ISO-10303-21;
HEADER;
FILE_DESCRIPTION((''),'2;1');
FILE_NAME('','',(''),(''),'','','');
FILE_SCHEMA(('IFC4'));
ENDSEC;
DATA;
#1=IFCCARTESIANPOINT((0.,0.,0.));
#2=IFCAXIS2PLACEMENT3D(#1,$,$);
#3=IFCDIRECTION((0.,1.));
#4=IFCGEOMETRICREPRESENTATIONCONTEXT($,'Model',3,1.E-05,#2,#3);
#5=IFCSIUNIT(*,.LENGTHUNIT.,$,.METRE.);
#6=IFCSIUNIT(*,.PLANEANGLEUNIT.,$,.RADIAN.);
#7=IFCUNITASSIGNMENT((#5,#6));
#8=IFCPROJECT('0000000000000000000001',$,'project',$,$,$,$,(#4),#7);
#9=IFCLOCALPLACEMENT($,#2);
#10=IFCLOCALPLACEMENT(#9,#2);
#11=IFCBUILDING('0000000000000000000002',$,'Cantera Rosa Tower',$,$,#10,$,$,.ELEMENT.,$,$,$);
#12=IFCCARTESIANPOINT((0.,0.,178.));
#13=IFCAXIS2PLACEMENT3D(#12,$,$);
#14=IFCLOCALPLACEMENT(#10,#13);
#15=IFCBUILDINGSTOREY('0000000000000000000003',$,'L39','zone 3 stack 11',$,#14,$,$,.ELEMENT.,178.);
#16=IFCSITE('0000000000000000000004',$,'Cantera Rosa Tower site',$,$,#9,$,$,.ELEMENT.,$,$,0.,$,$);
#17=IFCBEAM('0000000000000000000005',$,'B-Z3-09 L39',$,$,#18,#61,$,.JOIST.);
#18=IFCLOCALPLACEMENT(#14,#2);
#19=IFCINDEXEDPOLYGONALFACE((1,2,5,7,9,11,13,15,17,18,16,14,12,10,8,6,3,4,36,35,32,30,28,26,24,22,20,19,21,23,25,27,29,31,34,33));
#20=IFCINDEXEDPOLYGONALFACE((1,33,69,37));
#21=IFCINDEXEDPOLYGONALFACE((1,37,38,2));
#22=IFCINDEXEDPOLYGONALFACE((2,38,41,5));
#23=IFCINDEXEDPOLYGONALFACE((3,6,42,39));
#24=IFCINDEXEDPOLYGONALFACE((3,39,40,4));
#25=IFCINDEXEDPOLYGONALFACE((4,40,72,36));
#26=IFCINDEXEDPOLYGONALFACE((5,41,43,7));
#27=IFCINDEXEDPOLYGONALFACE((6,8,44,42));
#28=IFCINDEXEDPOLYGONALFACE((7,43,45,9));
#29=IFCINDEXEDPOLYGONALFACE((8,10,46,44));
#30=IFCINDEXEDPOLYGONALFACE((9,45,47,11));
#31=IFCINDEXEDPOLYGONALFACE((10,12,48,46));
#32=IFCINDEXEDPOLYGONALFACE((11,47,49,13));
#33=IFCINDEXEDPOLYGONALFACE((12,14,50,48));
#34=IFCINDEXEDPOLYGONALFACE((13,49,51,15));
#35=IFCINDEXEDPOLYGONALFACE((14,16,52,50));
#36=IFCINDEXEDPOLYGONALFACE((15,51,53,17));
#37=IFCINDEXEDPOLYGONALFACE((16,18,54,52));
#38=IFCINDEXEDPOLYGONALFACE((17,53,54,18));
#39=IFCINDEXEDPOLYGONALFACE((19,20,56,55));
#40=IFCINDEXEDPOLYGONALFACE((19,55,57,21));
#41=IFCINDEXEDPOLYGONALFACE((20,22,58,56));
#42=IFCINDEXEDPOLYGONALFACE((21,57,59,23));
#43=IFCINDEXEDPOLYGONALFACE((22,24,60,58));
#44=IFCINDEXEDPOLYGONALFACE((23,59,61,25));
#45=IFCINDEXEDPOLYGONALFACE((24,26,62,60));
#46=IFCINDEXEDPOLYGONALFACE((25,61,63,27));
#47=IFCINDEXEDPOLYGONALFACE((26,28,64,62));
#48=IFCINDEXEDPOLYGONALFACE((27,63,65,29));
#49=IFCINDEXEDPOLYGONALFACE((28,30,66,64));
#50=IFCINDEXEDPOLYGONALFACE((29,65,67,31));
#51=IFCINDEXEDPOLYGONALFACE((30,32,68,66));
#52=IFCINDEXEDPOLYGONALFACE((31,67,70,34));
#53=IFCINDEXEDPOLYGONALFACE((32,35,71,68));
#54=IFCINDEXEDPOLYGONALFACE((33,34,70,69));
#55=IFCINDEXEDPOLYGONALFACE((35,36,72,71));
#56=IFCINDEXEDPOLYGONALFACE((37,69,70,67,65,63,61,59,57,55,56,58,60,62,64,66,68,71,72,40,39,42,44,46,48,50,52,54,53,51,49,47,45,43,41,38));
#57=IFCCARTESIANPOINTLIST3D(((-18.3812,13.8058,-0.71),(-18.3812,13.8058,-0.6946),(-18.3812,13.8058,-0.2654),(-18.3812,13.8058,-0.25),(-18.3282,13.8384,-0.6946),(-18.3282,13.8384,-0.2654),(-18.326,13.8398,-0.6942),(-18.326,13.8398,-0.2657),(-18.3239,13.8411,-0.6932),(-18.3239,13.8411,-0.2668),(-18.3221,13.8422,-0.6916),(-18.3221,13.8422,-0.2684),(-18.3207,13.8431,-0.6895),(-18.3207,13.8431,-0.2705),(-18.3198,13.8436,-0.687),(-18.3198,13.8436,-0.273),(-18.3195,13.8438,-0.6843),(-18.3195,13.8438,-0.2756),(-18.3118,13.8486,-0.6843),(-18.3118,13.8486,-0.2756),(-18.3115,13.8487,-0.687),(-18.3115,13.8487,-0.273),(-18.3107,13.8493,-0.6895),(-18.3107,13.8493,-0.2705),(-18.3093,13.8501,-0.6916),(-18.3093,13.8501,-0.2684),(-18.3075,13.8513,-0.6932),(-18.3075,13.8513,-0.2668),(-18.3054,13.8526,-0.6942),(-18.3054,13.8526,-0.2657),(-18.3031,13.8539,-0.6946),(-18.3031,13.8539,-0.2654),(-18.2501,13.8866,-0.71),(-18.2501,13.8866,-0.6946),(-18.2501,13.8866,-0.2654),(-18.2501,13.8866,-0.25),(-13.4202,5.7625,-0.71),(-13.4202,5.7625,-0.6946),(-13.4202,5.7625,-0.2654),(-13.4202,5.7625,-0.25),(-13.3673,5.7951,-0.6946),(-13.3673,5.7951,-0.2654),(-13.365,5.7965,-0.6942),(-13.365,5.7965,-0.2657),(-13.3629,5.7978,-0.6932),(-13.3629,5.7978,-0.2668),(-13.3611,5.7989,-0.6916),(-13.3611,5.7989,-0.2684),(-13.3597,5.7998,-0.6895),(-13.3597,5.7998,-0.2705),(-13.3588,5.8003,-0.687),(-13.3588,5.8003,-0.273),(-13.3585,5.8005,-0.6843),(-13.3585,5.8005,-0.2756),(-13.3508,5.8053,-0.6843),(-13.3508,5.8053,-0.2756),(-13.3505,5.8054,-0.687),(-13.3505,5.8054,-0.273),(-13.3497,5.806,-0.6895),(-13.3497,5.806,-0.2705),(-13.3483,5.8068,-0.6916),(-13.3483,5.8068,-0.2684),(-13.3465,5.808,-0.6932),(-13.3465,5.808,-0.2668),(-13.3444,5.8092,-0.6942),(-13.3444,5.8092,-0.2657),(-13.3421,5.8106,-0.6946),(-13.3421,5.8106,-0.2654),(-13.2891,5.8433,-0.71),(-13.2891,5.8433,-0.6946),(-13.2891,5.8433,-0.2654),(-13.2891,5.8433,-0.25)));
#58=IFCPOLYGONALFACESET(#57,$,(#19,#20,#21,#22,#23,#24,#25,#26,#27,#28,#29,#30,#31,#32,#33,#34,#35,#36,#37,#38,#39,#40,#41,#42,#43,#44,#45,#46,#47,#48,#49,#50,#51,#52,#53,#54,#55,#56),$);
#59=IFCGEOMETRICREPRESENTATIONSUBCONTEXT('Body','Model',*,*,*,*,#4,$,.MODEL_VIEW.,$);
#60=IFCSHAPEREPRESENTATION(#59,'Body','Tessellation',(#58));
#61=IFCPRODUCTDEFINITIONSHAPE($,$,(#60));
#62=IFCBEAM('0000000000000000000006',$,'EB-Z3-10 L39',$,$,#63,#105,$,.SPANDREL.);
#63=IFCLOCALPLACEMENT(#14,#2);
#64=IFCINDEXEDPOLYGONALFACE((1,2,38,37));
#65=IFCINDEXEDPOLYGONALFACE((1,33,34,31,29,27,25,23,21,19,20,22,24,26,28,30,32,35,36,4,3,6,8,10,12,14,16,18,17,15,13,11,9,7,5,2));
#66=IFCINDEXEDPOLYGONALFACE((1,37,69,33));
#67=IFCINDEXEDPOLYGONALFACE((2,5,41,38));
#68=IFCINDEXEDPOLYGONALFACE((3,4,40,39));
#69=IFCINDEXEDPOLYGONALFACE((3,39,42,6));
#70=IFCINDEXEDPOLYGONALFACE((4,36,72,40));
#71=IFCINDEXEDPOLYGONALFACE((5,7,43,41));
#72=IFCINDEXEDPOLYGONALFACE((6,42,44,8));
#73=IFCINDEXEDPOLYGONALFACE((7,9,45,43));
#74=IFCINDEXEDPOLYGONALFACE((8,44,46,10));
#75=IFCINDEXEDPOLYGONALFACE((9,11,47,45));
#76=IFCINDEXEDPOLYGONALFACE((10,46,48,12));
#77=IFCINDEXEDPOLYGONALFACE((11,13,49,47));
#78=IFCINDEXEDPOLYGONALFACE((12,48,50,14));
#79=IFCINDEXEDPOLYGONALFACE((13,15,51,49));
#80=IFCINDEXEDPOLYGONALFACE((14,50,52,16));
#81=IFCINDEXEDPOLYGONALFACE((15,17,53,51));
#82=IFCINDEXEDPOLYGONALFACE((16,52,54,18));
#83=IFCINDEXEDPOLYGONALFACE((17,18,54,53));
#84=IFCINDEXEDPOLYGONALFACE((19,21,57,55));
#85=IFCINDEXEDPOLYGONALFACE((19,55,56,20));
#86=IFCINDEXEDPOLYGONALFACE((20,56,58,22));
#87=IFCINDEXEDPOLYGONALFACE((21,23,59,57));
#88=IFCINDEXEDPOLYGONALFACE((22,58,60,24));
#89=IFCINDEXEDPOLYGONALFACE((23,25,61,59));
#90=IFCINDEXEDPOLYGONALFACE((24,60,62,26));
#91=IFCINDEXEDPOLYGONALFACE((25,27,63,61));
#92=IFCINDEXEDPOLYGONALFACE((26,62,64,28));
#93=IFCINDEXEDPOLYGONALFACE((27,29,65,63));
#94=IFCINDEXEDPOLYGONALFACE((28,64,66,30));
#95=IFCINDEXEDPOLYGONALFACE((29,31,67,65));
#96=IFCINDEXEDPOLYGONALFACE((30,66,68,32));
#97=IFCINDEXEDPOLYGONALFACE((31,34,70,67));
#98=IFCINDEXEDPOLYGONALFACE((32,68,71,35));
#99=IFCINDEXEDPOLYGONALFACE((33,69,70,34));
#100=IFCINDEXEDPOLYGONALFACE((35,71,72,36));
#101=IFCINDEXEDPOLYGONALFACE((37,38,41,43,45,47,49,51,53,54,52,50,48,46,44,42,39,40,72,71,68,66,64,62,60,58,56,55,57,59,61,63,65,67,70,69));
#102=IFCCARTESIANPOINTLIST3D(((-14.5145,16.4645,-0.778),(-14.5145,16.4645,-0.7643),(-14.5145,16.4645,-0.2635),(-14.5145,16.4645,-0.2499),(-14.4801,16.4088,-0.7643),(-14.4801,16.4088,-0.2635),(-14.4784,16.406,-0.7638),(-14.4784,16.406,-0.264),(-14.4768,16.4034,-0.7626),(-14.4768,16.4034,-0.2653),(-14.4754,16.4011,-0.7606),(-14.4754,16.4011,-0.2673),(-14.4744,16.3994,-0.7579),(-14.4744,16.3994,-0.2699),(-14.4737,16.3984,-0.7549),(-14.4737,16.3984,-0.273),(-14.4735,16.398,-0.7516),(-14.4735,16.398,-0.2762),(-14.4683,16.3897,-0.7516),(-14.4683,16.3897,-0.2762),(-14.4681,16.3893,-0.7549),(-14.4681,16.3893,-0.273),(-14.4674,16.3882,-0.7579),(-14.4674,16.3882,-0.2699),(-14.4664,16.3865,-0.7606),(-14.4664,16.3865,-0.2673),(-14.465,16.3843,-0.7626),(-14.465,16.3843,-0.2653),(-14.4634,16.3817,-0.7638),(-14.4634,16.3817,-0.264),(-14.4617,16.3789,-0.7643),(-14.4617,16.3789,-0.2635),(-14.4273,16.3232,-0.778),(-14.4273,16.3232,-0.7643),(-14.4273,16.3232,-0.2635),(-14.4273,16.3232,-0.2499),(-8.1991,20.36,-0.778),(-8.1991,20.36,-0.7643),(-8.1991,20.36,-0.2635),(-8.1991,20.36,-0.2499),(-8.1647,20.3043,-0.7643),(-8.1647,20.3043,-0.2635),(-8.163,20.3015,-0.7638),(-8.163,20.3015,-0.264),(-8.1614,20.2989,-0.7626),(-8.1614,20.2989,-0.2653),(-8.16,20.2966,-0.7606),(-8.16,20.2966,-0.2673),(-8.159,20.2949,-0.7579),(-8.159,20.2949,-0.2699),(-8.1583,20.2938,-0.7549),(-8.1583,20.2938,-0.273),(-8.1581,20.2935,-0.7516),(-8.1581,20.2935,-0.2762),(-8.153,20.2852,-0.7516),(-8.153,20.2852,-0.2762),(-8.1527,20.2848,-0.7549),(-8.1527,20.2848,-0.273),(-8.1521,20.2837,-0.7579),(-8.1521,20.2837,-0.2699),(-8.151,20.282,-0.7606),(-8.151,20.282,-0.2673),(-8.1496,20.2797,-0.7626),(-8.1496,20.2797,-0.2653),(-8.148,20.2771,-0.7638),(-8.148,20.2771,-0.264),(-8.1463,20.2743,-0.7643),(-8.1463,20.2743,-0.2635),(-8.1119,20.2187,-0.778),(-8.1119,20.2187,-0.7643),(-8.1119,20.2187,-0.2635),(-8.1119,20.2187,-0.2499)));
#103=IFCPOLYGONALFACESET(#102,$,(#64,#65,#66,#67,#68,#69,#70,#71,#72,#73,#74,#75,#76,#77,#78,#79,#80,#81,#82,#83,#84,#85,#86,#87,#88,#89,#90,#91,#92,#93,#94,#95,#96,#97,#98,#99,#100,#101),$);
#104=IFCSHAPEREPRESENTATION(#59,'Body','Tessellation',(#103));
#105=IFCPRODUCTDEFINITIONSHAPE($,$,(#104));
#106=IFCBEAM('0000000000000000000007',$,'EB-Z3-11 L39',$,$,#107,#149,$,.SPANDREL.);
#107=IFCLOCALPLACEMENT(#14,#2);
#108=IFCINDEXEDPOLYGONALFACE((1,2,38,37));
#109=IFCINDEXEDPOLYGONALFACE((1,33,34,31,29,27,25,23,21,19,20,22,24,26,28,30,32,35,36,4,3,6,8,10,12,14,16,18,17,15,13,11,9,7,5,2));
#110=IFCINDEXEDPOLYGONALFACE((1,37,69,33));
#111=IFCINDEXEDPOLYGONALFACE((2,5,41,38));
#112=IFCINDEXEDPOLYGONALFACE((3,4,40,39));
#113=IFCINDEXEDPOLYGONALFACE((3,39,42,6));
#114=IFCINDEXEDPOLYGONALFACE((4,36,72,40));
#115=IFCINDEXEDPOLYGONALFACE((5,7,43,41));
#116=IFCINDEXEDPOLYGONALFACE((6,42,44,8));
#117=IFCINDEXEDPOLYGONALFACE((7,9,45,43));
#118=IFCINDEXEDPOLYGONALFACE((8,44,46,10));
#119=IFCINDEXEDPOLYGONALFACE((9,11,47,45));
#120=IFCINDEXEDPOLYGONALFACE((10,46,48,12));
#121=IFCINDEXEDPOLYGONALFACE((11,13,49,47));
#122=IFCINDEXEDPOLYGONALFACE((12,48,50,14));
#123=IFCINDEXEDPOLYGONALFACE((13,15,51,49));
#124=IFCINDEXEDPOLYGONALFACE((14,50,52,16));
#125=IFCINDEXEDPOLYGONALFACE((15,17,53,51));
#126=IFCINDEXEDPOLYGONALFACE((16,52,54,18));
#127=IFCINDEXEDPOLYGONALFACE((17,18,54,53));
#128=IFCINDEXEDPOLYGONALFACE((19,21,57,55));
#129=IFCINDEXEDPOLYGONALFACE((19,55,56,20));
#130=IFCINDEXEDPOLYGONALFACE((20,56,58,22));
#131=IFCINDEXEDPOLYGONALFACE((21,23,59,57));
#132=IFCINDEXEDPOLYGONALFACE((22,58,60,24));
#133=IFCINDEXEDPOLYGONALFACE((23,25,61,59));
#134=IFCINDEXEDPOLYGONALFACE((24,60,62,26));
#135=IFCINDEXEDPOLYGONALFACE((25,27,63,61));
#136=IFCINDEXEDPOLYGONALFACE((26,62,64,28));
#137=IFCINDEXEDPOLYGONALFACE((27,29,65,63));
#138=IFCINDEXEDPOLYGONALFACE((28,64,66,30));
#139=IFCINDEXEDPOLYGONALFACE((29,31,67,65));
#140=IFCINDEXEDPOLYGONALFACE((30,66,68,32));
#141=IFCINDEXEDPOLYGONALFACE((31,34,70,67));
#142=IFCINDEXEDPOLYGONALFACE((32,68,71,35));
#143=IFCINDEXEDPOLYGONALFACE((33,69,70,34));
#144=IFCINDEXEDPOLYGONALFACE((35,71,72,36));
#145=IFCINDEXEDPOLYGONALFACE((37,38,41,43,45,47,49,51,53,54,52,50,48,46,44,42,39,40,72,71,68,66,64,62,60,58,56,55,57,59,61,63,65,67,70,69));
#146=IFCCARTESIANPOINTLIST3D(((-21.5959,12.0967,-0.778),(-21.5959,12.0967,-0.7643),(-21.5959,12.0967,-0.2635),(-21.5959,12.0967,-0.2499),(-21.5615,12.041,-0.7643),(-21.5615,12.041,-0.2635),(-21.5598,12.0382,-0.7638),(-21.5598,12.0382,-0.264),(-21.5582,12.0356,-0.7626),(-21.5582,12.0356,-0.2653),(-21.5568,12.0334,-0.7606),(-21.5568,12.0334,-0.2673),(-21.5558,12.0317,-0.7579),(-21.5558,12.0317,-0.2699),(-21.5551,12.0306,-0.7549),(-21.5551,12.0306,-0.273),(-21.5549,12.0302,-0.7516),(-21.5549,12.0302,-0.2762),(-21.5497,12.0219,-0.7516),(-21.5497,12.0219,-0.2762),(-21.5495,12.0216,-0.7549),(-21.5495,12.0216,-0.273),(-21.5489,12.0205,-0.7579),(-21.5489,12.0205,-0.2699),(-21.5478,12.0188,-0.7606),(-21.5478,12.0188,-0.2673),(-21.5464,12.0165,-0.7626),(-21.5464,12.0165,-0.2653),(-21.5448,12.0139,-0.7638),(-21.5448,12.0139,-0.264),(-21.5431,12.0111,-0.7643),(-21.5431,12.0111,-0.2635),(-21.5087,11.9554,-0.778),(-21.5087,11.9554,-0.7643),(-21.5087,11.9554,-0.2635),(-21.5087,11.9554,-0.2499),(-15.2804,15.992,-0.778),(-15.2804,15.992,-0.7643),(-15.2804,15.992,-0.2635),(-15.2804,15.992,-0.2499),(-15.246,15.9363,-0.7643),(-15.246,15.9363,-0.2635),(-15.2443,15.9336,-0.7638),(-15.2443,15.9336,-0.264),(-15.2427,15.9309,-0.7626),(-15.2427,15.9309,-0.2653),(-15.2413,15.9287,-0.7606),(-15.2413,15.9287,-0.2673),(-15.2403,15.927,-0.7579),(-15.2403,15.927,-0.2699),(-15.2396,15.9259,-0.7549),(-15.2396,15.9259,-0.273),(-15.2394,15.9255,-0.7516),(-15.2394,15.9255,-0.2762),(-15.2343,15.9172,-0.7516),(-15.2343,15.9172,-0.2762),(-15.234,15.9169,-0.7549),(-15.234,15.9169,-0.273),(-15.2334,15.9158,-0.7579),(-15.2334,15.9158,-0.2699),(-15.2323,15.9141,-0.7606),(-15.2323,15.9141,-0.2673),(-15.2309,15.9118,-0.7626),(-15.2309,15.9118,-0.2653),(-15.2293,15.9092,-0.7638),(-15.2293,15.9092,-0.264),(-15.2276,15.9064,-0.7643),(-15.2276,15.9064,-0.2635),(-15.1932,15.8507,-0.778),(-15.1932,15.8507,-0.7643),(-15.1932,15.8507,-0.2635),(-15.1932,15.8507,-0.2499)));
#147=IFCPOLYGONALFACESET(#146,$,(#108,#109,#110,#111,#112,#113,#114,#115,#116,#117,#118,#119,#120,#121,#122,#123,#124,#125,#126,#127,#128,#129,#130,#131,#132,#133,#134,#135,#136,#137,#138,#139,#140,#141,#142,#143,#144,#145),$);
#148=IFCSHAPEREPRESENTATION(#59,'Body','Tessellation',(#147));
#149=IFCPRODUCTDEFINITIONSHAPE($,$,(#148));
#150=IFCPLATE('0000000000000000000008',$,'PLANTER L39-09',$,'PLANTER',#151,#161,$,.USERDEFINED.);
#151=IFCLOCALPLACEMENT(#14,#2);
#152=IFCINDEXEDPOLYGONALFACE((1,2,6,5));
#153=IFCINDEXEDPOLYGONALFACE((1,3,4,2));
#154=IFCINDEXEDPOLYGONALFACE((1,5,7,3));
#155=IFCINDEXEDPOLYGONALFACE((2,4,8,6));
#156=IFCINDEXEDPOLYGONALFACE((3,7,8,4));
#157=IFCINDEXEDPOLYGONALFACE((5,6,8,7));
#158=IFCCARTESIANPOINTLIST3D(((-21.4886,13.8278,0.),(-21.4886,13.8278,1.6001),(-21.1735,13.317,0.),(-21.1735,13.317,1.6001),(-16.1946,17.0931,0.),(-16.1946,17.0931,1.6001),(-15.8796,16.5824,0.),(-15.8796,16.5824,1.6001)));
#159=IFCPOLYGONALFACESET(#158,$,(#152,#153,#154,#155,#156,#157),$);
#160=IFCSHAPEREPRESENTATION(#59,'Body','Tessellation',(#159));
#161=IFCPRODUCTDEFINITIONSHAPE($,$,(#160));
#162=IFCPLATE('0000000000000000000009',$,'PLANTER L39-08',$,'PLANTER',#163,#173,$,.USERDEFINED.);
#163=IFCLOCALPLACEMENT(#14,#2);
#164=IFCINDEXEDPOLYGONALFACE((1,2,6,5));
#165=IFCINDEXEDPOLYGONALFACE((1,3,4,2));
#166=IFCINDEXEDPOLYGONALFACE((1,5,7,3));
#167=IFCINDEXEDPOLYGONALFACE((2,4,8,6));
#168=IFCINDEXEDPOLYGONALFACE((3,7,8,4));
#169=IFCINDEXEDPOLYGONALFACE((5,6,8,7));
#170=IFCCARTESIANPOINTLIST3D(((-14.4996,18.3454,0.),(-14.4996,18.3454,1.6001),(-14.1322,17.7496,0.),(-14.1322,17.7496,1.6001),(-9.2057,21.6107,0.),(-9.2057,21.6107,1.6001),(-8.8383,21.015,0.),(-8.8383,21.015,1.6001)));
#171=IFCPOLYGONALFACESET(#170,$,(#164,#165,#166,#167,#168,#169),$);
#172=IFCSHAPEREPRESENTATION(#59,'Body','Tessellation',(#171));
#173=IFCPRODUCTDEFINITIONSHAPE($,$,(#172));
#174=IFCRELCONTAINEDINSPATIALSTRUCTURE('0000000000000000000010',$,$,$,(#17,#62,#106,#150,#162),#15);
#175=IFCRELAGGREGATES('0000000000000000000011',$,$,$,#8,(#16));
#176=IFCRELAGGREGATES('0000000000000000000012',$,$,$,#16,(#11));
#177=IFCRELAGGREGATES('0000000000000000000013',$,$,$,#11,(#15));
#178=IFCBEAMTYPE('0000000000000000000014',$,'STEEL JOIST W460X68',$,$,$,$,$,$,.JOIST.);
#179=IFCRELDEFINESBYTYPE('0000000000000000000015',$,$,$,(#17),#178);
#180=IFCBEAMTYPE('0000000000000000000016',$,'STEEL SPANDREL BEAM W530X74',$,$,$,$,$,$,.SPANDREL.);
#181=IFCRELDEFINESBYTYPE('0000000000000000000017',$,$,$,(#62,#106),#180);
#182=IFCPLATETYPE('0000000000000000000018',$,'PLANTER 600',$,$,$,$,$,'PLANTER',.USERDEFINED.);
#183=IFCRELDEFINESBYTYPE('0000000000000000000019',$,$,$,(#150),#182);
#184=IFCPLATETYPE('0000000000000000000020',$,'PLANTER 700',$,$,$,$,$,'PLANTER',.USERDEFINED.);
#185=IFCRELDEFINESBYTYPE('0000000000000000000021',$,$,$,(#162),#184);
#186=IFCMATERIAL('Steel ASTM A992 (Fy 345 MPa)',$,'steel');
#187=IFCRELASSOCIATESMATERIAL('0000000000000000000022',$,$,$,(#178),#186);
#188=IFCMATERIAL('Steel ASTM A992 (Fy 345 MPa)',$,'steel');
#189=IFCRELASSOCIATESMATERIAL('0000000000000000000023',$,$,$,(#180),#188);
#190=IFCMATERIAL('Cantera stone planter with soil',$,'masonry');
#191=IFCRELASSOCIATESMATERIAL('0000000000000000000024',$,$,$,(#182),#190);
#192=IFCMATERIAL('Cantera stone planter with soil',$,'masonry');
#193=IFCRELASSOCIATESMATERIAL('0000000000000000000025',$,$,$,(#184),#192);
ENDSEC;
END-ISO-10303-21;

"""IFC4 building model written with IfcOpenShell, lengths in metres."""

from ifc_helpers import new_model, si_unit, direction, frame, origin, origin_2d, place, context, subcontext, project, spatial, rectangle, i_section, extrude, material, material_profile, profile_set, type_object, element, save


model = new_model("IFC4")

# Units and contexts
model_context = context("Model", 3, precision=1e-05, world=origin(), true_north=direction((0.0, 1.0)))
body_context = subcontext(model_context, "Body", "Model", "MODEL_VIEW")
ifc_project = project(units=[si_unit("LENGTHUNIT", "METRE"), si_unit("PLANEANGLEUNIT", "RADIAN")], contexts=[model_context])

# Site, building, storey
site_placement = place(None, origin())
site = spatial("IfcSite", under=ifc_project, at=site_placement, Name="Cantera Rosa Tower site", CompositionType="ELEMENT", RefElevation=0.0)
building_placement = place(site_placement, origin())
building = spatial("IfcBuilding", under=site, at=building_placement, Name="Cantera Rosa Tower", CompositionType="ELEMENT")
storey_placement = place(building_placement, frame((0.0, 0.0, 178.0)))
storey = spatial("IfcBuildingStorey", under=building, at=storey_placement, Name="L39", Description="zone 3 stack 11", CompositionType="ELEMENT", Elevation=178.0)

# Beams
ifc_material_1 = material(Name="Steel ASTM A992 (Fy 345 MPa)", Category="steel")
ifc_material_profile_1 = material_profile(ifc_material_1, i_section(OverallWidth=0.1541, OverallDepth=0.46, WebThickness=0.009, FlangeThickness=0.0154, FilletRadius=0.0103, at=origin_2d()), Name="W460X68")
ifc_profile_set_1 = profile_set([ifc_material_profile_1], Name="Steel ASTM A992 (Fy 345 MPa)")
beam_type_1 = type_object("IfcBeamType", Name="STEEL JOIST W460X68", PredefinedType="JOIST", material=ifc_profile_set_1)
beam_1_placement = place(storey_placement, frame((-18.3157, 13.8462, -0.48), z_axis=(0.524962, -0.851126, 0.0), x_axis=(0.851126, 0.524962, 0.0)))
element("IfcBeam", 1, at=beam_1_placement, inside=storey, type_object=beam_type_1, Name="B-Z3-09 L39", PredefinedType="JOIST", context=body_context, shape_type="SweptSolid", body=[
    extrude(i_section(OverallWidth=0.1541, OverallDepth=0.46, WebThickness=0.009, FlangeThickness=0.0154, FilletRadius=0.0103, at=origin_2d()), origin(), (0.0, 0.0, 1.0), 9.4502),
])
ifc_material_2 = material(Name="Steel ASTM A992 (Fy 345 MPa)", Category="steel")
ifc_material_profile_2 = material_profile(ifc_material_2, i_section(OverallWidth=0.166, OverallDepth=0.5281, WebThickness=0.0098, FlangeThickness=0.0137, FilletRadius=0.0127, at=origin_2d()), Name="W530X74")
ifc_profile_set_2 = profile_set([ifc_material_profile_2], Name="Steel ASTM A992 (Fy 345 MPa)")
beam_type_2 = type_object("IfcBeamType", Name="STEEL SPANDREL BEAM W530X74", PredefinedType="SPANDREL", material=ifc_profile_set_2)
for number, where, z_axis, x_axis, name in (
    (2, (-8.1555, 20.2893, -0.5139), (-0.851111, -0.524986, 0.0), (0.524986, -0.851111, 0.0), "EB-Z3-10 L39"),
    (3, (-15.2368, 15.9214, -0.5139), (-0.851126, -0.524962, 0.0), (0.524962, -0.851126, 0.0), "EB-Z3-11 L39"),
):
    element("IfcBeam", number, at=place(storey_placement, frame(where, z_axis=z_axis, x_axis=x_axis)), inside=storey, type_object=beam_type_2, Name=name, PredefinedType="SPANDREL", context=body_context, shape_type="SweptSolid", body=[
        extrude(i_section(OverallWidth=0.166, OverallDepth=0.5281, WebThickness=0.0098, FlangeThickness=0.0137, FilletRadius=0.0127, at=origin_2d()), origin(), (0.0, 0.0, 1.0), 7.4202),
    ])

# Plates
ifc_material_3 = material(Name="Cantera stone planter with soil", Category="masonry")
plate_type_1 = type_object("IfcPlateType", Name="PLANTER 600", ElementType="PLANTER", PredefinedType="USERDEFINED", material=ifc_material_3)
plate_1_placement = place(storey_placement, frame((-18.6841, 15.2051, 0.0), z_axis=(0.0, 0.0, 1.0), x_axis=(-0.851117, -0.524977, 0.0)))
element("IfcPlate", 4, at=plate_1_placement, inside=storey, type_object=plate_type_1, Name="PLANTER L39-09", ObjectType="PLANTER", PredefinedType="USERDEFINED", context=body_context, shape_type="SweptSolid", body=[
    extrude(rectangle(XDim=6.22, YDim=0.6001, at=origin_2d()), origin(), (0.0, 0.0, 1.0), 1.6001),
])
ifc_material_4 = material(Name="Cantera stone planter with soil", Category="masonry")
plate_type_2 = type_object("IfcPlateType", Name="PLANTER 700", ElementType="PLANTER", PredefinedType="USERDEFINED", material=ifc_material_4)
plate_2_placement = place(storey_placement, frame((-11.6689, 19.6802, 0.0), z_axis=(0.0, 0.0, 1.0), x_axis=(-0.851117, -0.524977, 0.0)))
element("IfcPlate", 5, at=plate_2_placement, inside=storey, type_object=plate_type_2, Name="PLANTER L39-08", ObjectType="PLANTER", PredefinedType="USERDEFINED", context=body_context, shape_type="SweptSolid", body=[
    extrude(rectangle(XDim=6.22, YDim=0.7, at=origin_2d()), origin(), (0.0, 0.0, 1.0), 1.6001),
])

save(model, "model.ifc")
